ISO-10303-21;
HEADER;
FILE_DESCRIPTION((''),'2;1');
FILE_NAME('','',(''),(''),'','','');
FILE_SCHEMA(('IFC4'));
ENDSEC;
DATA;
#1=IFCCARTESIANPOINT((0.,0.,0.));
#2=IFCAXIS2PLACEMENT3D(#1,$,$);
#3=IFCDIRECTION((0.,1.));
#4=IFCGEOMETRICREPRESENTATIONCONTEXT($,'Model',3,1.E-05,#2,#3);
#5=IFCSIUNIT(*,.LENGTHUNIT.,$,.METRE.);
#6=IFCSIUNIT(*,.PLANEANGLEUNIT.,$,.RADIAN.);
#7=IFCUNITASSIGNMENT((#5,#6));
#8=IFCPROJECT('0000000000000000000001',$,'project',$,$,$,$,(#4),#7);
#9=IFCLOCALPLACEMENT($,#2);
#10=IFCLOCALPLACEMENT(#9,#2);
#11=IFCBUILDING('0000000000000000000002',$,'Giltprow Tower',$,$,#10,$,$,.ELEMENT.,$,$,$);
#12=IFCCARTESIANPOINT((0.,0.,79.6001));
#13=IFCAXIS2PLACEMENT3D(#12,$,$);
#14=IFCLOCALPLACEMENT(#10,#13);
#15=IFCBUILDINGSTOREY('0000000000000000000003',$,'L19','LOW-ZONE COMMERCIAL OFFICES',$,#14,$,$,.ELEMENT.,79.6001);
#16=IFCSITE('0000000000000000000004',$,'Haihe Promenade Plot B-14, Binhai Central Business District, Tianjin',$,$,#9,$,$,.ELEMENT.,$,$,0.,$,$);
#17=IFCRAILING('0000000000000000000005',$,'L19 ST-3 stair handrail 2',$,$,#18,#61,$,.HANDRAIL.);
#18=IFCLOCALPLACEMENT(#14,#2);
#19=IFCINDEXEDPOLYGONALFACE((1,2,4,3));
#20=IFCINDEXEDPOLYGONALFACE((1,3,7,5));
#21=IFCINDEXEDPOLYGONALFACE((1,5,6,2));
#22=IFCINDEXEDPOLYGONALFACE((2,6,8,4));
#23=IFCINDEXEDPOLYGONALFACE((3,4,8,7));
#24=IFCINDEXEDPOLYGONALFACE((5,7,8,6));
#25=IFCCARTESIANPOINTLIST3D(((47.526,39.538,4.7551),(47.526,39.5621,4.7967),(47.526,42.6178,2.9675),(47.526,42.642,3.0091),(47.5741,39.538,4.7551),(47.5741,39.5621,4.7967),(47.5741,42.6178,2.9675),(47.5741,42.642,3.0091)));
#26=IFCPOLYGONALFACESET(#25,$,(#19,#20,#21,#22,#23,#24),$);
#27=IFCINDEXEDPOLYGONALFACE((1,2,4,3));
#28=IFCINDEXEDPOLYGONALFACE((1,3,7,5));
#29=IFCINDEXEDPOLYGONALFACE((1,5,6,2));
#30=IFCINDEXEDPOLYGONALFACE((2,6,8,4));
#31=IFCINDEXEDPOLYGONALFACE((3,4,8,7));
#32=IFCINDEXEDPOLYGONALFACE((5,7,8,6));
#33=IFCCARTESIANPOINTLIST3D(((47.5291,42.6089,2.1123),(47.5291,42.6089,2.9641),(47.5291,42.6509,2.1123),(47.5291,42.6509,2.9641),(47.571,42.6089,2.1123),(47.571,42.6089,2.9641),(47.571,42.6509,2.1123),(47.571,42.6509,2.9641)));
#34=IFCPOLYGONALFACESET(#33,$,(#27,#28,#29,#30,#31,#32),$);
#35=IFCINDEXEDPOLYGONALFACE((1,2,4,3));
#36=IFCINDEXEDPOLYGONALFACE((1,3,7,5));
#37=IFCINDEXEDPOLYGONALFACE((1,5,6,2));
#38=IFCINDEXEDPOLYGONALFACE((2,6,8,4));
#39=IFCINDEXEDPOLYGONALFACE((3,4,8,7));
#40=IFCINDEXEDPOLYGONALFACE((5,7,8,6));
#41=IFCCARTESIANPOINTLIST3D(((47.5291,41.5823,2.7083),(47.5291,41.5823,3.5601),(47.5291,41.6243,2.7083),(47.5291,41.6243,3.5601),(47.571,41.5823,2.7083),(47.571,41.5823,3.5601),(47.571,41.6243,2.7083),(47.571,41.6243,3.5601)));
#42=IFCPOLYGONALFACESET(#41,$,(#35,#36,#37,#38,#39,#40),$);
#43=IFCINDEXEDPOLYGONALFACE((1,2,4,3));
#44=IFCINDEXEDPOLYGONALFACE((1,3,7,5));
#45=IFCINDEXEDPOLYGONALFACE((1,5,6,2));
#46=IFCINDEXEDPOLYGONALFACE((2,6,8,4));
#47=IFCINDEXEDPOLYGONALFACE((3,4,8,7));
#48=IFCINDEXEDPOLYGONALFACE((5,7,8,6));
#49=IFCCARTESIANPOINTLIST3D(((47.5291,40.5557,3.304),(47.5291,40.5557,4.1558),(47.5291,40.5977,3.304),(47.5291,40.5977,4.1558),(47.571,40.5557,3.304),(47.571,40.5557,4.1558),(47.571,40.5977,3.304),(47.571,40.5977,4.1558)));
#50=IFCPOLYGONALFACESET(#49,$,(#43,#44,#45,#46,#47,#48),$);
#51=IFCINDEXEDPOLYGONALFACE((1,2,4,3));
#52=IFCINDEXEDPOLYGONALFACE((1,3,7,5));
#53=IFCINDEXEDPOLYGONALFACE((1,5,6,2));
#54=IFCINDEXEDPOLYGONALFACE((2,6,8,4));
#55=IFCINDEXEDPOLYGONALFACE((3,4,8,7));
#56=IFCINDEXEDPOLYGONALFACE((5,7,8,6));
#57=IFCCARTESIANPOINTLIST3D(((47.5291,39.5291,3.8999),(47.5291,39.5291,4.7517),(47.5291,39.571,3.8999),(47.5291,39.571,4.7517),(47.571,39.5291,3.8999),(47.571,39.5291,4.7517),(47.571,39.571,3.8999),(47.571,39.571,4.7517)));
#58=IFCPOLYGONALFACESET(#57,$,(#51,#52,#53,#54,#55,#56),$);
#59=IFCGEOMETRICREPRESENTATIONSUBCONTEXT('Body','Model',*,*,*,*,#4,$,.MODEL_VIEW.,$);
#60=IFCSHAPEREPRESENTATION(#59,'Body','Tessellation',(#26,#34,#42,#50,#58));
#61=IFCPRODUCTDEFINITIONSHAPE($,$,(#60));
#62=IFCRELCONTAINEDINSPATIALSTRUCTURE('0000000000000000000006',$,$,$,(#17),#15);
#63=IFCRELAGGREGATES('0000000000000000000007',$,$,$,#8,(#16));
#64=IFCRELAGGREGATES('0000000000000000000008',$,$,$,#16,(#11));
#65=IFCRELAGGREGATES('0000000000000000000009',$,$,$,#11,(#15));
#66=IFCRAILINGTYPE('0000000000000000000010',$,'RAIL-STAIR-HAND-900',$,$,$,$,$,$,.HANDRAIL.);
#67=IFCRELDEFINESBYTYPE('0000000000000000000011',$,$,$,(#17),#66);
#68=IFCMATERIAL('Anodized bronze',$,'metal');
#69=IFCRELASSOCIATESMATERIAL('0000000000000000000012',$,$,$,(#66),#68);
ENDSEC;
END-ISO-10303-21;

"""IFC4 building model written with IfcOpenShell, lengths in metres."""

from ifc_helpers import new_model, si_unit, direction, frame, origin, origin_2d, place, context, subcontext, project, spatial, rectangle, extrude, material, type_object, element, save


model = new_model("IFC4")

# Units and contexts
model_context = context("Model", 3, precision=1e-05, world=origin(), true_north=direction((0.0, 1.0)))
body_context = subcontext(model_context, "Body", "Model", "MODEL_VIEW")
ifc_project = project(units=[si_unit("LENGTHUNIT", "METRE"), si_unit("PLANEANGLEUNIT", "RADIAN")], contexts=[model_context])

# Site, building, storey
site_placement = place(None, origin())
site = spatial("IfcSite", under=ifc_project, at=site_placement, Name="Haihe Promenade Plot B-14, Binhai Central Business District, Tianjin", CompositionType="ELEMENT", RefElevation=0.0)
building_placement = place(site_placement, origin())
building = spatial("IfcBuilding", under=site, at=building_placement, Name="Giltprow Tower", CompositionType="ELEMENT")
storey_placement = place(building_placement, frame((0.0, 0.0, 79.6001)))
storey = spatial("IfcBuildingStorey", under=building, at=storey_placement, Name="L19", Description="LOW-ZONE COMMERCIAL OFFICES", CompositionType="ELEMENT", Elevation=79.6001)

# Railing
ifc_material_1 = material(Name="Anodized bronze", Category="metal")
railing_type_1 = type_object("IfcRailingType", Name="RAIL-STAIR-HAND-900", PredefinedType="HANDRAIL", material=ifc_material_1)
railing_1_placement = place(storey_placement, frame((47.55, 42.6299, 2.1123)))
element("IfcRailing", 1, at=railing_1_placement, inside=storey, type_object=railing_type_1, Name="L19 ST-3 stair handrail 2", PredefinedType="HANDRAIL", context=body_context, shape_type="SweptSolid", body=[
    extrude(rectangle(XDim=0.0481, YDim=0.0481, at=origin_2d()), frame((0.0, 0.0, 0.876), z_axis=(0.0, -0.864873, 0.50199), x_axis=(1.0, 0.0, 0.0)), (0.0, 0.0, 1.0), 3.561),
    extrude(rectangle(XDim=0.042, YDim=0.042, at=origin_2d()), origin(), (0.0, 0.0, 1.0), 0.8518),
    extrude(rectangle(XDim=0.042, YDim=0.042, at=origin_2d()), frame((0.0, -1.0266, 0.5959)), (0.0, 0.0, 1.0), 0.8518),
    extrude(rectangle(XDim=0.042, YDim=0.042, at=origin_2d()), frame((0.0, -2.0532, 1.1917)), (0.0, 0.0, 1.0), 0.8518),
    extrude(rectangle(XDim=0.042, YDim=0.042, at=origin_2d()), frame((0.0, -3.0798, 1.7876)), (0.0, 0.0, 1.0), 0.8518),
])

save(model, "model.ifc")
